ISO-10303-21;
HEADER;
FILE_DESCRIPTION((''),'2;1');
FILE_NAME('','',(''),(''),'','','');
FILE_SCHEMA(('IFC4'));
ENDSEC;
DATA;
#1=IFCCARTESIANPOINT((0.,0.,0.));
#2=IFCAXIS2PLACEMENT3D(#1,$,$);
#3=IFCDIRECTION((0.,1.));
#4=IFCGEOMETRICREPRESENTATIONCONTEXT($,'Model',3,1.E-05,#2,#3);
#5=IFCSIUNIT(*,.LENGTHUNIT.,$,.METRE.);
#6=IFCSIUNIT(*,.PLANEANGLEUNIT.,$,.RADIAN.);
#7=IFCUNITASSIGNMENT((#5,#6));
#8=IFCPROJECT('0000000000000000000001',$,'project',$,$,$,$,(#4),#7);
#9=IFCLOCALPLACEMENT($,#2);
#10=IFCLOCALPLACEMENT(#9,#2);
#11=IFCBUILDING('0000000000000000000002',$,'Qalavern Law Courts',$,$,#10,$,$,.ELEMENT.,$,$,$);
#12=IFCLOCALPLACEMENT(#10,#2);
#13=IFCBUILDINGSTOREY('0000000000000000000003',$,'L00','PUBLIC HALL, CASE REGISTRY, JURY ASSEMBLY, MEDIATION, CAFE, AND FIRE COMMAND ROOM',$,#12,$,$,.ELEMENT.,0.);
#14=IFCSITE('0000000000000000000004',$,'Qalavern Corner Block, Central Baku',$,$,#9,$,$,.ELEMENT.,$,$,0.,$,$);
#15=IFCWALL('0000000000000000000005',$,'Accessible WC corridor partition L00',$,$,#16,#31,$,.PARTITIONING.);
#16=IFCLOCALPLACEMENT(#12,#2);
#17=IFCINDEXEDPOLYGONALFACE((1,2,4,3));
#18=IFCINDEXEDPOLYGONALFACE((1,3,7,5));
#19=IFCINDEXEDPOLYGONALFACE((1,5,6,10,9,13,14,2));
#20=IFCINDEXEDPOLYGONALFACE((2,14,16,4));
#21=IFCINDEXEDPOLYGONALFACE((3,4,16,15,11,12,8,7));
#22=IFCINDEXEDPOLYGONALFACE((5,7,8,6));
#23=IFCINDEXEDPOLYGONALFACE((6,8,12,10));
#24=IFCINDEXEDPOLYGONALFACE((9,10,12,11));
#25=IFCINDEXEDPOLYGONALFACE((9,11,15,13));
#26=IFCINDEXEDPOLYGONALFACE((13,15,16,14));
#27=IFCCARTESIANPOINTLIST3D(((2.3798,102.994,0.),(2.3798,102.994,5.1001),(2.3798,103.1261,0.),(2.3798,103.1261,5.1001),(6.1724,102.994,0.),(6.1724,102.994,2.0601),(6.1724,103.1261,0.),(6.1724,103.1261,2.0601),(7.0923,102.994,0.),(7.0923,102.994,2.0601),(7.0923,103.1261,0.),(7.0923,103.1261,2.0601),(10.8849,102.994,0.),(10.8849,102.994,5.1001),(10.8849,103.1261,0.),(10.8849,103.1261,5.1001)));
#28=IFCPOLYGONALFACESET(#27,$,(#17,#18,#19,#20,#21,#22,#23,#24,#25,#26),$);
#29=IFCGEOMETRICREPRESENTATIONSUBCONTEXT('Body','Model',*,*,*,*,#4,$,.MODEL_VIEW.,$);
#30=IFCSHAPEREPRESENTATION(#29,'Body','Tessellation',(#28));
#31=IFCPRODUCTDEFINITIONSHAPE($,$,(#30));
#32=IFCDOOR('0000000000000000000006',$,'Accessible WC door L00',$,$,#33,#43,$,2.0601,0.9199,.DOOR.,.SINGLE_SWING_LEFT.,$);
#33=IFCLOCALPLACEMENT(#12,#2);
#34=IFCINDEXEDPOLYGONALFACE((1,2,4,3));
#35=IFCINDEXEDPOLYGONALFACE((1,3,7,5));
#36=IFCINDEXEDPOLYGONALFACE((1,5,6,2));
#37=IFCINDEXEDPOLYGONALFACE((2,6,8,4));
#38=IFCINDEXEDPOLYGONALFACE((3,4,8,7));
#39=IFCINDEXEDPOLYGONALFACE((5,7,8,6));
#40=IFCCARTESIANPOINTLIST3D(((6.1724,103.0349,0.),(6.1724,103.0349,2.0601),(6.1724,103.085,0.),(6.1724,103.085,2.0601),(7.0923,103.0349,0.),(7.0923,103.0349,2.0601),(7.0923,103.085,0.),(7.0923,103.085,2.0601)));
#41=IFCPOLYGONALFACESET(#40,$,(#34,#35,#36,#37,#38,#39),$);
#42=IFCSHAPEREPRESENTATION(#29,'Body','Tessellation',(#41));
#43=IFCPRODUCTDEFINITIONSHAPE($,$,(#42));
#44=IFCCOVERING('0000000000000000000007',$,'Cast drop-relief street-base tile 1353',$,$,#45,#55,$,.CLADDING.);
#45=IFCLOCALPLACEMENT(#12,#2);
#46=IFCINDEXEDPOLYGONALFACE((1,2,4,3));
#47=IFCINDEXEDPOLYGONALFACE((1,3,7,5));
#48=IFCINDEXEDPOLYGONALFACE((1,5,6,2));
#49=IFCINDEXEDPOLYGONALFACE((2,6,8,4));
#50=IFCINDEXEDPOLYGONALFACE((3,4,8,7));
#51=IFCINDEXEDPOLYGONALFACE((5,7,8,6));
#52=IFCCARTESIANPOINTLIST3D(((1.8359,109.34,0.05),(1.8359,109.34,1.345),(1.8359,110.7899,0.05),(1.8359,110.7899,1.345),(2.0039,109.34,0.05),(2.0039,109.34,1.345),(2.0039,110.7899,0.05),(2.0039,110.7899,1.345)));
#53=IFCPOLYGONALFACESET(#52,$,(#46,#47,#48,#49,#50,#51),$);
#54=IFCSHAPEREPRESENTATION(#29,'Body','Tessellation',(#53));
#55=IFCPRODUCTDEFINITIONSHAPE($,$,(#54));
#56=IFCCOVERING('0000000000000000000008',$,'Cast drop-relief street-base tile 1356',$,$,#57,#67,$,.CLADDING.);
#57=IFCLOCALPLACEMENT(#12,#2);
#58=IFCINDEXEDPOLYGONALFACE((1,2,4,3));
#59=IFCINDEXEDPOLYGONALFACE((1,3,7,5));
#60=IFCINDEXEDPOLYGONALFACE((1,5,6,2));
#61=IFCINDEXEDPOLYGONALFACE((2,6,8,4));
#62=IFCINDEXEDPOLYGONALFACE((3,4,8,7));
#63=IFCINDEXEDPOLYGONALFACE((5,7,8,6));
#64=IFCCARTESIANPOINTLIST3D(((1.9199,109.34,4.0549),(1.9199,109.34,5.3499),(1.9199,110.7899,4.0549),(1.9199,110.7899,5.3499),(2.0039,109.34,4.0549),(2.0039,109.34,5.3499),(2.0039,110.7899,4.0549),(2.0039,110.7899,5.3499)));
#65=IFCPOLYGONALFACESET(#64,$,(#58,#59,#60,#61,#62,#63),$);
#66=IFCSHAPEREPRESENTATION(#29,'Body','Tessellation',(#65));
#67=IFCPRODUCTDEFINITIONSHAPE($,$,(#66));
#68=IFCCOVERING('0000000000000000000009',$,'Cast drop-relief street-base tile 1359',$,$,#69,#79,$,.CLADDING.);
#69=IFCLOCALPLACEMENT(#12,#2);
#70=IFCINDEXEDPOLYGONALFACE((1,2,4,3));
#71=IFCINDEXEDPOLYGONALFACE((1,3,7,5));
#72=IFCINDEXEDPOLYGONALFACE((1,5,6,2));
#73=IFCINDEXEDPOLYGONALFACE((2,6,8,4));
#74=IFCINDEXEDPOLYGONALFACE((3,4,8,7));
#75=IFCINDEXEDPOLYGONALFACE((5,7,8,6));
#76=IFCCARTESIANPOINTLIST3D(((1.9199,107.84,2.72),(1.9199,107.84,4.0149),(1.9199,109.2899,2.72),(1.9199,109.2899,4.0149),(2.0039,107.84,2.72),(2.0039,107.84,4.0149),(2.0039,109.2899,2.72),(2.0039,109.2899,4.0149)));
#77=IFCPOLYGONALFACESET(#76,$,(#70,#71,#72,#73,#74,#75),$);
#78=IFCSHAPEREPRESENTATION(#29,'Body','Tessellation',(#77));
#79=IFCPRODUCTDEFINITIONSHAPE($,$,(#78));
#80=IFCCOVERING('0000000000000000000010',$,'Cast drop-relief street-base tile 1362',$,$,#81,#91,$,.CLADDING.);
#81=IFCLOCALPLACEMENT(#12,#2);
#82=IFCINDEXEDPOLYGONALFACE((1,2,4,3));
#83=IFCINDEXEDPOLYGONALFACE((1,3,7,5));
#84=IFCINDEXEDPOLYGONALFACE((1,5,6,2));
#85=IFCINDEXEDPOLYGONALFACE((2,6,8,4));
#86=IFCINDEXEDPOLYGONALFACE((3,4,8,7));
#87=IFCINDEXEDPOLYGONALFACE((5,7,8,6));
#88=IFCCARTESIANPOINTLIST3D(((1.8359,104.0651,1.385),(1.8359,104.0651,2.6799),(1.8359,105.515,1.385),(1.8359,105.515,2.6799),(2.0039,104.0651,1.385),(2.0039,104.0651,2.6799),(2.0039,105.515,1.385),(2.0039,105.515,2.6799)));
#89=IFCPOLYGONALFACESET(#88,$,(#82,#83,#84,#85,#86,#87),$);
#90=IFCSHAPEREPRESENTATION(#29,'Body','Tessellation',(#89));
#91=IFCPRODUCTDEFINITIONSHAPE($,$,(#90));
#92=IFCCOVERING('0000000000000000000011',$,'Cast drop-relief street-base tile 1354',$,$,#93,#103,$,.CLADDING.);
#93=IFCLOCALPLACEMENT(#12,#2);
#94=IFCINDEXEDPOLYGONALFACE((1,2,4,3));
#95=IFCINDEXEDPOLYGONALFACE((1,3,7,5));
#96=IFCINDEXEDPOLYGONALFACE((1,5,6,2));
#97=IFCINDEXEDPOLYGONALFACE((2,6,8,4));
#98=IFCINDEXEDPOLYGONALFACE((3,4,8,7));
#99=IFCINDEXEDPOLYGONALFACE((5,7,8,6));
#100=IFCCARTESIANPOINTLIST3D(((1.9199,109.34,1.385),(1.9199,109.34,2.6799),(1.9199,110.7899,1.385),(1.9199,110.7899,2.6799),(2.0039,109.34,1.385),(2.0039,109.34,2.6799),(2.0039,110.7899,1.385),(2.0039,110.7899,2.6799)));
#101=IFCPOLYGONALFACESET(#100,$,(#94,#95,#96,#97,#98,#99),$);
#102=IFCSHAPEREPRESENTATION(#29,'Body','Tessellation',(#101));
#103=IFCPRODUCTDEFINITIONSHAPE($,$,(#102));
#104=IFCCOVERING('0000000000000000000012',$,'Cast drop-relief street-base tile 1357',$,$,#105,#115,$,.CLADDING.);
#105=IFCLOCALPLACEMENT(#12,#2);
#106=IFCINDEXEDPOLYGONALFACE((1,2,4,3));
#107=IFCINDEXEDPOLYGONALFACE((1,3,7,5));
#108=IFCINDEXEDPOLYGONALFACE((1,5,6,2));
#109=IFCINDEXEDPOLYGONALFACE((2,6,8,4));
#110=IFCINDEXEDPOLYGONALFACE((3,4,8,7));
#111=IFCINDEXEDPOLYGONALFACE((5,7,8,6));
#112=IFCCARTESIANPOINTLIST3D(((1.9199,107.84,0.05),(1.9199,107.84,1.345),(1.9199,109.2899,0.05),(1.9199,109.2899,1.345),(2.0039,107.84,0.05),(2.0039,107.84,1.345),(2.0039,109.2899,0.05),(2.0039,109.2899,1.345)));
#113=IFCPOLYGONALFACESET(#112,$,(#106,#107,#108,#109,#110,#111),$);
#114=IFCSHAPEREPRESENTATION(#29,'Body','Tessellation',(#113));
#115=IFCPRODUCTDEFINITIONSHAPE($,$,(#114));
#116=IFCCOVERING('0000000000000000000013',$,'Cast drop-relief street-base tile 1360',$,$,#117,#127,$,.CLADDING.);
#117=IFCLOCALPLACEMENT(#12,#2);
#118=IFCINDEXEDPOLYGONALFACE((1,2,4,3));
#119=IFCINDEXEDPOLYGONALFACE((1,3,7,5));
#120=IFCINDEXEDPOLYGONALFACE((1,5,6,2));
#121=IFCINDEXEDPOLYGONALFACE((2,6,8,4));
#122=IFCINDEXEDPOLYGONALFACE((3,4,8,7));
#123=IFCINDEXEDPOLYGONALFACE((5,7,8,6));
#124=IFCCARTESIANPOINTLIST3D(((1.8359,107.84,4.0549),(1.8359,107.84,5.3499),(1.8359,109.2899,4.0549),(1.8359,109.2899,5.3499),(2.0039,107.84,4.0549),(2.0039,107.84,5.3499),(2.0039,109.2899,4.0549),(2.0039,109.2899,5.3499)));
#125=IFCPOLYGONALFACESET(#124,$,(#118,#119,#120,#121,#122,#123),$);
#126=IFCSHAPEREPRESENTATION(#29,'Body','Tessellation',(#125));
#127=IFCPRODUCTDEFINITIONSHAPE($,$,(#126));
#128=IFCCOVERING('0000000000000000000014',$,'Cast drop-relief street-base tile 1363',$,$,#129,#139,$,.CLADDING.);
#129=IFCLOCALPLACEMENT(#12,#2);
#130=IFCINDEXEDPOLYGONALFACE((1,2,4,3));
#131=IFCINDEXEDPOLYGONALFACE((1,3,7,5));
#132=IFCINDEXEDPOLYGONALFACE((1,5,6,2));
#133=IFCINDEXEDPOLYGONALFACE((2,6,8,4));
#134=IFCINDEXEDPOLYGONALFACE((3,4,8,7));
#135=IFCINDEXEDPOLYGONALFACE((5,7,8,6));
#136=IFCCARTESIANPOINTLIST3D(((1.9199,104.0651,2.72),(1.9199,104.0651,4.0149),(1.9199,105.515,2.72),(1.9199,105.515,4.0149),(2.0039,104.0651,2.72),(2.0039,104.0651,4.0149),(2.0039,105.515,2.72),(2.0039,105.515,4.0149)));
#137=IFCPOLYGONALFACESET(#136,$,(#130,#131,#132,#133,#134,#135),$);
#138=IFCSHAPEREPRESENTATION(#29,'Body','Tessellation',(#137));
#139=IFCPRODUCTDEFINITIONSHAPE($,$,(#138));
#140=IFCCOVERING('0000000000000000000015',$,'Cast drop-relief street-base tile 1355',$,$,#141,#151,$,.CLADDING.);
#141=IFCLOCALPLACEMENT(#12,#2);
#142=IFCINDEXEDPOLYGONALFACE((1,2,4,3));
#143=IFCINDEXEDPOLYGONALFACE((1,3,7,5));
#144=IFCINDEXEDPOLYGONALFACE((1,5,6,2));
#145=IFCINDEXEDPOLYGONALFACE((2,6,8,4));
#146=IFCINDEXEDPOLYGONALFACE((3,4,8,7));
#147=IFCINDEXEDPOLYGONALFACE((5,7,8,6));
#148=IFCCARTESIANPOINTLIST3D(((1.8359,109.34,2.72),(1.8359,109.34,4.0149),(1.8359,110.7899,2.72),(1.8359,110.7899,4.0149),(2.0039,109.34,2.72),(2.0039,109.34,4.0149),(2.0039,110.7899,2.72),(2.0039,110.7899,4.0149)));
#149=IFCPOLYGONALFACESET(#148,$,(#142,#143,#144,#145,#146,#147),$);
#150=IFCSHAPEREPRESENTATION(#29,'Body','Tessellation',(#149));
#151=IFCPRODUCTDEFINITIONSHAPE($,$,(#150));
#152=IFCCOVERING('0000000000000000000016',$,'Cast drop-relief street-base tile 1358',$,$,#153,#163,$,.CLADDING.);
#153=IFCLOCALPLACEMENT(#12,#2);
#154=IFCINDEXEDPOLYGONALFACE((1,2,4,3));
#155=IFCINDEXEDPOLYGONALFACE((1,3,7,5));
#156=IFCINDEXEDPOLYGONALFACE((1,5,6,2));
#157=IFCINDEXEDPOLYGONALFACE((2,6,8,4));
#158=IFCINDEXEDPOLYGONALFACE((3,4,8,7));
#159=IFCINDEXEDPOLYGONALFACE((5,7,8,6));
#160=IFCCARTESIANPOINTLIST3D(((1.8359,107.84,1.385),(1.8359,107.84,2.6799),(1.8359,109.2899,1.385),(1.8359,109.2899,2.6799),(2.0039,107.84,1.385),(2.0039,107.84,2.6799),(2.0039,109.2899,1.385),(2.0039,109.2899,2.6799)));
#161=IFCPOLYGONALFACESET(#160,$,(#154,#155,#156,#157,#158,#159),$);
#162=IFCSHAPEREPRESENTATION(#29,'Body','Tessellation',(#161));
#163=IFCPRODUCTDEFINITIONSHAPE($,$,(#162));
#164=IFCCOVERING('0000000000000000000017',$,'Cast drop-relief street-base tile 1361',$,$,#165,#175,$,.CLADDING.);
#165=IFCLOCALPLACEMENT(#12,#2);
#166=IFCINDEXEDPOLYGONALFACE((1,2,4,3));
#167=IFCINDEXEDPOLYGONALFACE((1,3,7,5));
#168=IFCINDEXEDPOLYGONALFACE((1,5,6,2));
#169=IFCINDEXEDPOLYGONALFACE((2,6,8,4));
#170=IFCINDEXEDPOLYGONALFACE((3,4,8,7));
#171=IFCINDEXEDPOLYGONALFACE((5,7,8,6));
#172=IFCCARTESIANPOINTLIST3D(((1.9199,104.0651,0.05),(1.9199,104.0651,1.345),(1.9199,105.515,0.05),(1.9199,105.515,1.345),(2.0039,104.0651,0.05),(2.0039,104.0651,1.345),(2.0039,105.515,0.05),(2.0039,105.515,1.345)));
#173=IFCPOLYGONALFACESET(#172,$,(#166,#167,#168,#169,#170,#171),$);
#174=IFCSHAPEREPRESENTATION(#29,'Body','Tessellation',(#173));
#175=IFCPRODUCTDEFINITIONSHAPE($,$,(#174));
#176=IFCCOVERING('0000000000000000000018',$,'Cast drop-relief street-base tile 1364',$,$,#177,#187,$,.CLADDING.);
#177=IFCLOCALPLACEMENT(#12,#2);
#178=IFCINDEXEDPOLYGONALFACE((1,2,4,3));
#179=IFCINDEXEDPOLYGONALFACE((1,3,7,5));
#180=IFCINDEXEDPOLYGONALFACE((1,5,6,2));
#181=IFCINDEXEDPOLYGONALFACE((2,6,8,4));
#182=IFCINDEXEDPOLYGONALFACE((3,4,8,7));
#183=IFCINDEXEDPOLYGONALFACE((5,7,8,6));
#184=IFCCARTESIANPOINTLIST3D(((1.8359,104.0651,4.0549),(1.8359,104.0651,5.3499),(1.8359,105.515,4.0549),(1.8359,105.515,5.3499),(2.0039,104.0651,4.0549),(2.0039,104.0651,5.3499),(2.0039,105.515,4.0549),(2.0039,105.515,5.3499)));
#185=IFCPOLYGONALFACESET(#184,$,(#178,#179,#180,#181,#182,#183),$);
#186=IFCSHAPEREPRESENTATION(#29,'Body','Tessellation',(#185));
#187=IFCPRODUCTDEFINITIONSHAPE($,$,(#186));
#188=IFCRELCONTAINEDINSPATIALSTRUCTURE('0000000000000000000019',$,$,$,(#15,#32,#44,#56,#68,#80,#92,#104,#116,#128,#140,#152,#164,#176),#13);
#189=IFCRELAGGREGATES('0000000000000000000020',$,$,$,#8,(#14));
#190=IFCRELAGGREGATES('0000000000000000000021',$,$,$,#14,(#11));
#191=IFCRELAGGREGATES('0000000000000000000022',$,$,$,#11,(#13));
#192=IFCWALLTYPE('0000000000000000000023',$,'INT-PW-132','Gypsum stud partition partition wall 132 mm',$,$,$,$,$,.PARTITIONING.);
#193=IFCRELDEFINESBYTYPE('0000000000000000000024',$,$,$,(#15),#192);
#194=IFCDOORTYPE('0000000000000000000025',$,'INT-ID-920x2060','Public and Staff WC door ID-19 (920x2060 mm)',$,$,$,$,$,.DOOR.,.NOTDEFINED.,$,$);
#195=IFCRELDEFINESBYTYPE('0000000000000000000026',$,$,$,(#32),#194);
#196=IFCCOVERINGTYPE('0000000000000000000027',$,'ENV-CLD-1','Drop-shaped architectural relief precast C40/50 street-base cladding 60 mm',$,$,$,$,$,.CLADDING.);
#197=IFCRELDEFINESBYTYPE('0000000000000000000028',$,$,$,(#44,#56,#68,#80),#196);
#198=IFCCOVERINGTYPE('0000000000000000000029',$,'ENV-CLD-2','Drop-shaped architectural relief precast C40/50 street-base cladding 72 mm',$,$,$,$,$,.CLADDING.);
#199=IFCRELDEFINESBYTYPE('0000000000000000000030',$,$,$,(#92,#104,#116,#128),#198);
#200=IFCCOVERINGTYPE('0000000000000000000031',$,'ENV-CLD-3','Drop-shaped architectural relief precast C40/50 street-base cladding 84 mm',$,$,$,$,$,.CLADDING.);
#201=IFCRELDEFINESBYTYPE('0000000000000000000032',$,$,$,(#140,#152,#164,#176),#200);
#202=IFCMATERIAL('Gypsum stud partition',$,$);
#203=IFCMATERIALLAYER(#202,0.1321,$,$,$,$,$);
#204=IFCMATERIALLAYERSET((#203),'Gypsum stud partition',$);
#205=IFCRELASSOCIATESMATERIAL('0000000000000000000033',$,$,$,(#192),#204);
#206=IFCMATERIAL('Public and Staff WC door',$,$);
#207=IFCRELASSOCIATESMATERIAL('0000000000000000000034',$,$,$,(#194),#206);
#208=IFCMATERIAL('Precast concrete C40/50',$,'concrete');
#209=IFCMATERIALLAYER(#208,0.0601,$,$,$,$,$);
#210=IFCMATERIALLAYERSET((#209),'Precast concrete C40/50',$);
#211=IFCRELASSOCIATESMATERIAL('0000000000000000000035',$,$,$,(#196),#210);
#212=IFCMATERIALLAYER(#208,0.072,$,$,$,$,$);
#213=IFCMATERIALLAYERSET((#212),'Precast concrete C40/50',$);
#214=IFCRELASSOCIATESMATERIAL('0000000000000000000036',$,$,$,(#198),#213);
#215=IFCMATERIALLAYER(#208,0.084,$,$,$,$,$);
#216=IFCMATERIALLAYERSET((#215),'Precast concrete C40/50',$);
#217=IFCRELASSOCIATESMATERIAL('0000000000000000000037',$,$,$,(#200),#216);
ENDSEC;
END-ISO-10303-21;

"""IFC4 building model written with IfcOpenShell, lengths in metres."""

from ifc_helpers import new_model, si_unit, direction, frame, frame_2d, origin, origin_2d, place, context, subcontext, project, spatial, rectangle, extrude, material, layer, layer_set, type_object, element, fill, save


model = new_model("IFC4")

# Units and contexts
model_context = context("Model", 3, precision=1e-05, world=origin(), true_north=direction((0.0, 1.0)))
body_context = subcontext(model_context, "Body", "Model", "MODEL_VIEW")
ifc_project = project(units=[si_unit("LENGTHUNIT", "METRE"), si_unit("PLANEANGLEUNIT", "RADIAN")], contexts=[model_context])

# Site, building, storey
site_placement = place(None, origin())
site = spatial("IfcSite", under=ifc_project, at=site_placement, Name="Qalavern Corner Block, Central Baku", CompositionType="ELEMENT", RefElevation=0.0)
building_placement = place(site_placement, origin())
building = spatial("IfcBuilding", under=site, at=building_placement, Name="Qalavern Law Courts", CompositionType="ELEMENT")
storey_placement = place(building_placement, origin())
storey = spatial("IfcBuildingStorey", under=building, at=storey_placement, Name="L00", Description="PUBLIC HALL, CASE REGISTRY, JURY ASSEMBLY, MEDIATION, CAFE, AND FIRE COMMAND ROOM", CompositionType="ELEMENT", Elevation=0.0)

# Wall, opening, door
ifc_material_1 = material(Name="Gypsum stud partition")
ifc_layer_1 = layer(ifc_material_1, 0.1321)
ifc_layer_set_1 = layer_set([ifc_layer_1], Name="Gypsum stud partition")
wall_type = type_object("IfcWallType", Name="INT-PW-132", Description="Gypsum stud partition partition wall 132 mm", PredefinedType="PARTITIONING", material=ifc_layer_set_1)
wall_1_placement = place(storey_placement, frame((2.3799, 103.0601, 0.0), z_axis=(0.0, 0.0, 1.0), x_axis=(1.0, 0.0, 0.0)))
wall_1 = element("IfcWall", 1, at=wall_1_placement, inside=storey, type_object=wall_type, Name="Accessible WC corridor partition L00", PredefinedType="PARTITIONING", context=body_context, shape_type="SweptSolid", body=[
    extrude(rectangle(XDim=8.5051, YDim=0.1321, at=frame_2d((4.2524, 0.0))), origin(), (0.0, 0.0, 1.0), 5.1001),
])
opening_1_placement = place(wall_1_placement, frame((3.7925, 0.0, 0.0)))
opening_1 = element("IfcOpeningElement", 2, at=opening_1_placement, cuts=wall_1, PredefinedType="OPENING", context=body_context, shape_type="SweptSolid", body=[
    extrude(rectangle(XDim=0.9199, YDim=2.0601, at=frame_2d((0.46, 1.03))), frame((0.0, 0.0811, 0.0), z_axis=(0.0, -1.0, 0.0), x_axis=(1.0, 0.0, 0.0)), (0.0, 0.0, 1.0), 0.1619),
])
ifc_material_2 = material(Name="Public and Staff WC door")
door_type_1 = type_object("IfcDoorType", Name="INT-ID-920x2060", Description="Public and Staff WC door ID-19 (920x2060 mm)", OperationType="NOTDEFINED", PredefinedType="DOOR", material=ifc_material_2)
door_1_placement = place(opening_1_placement, origin())
door_1 = element("IfcDoor", 3, at=door_1_placement, inside=storey, type_object=door_type_1, Name="Accessible WC door L00", OperationType="SINGLE_SWING_LEFT", OverallHeight=2.0601, OverallWidth=0.9199, PredefinedType="DOOR", context=body_context, shape_type="SweptSolid", body=[
    extrude(rectangle(XDim=0.9199, YDim=2.0601, at=frame_2d((0.46, 1.03))), frame((0.0, 0.0249, 0.0), z_axis=(0.0, -1.0, 0.0), x_axis=(1.0, 0.0, 0.0)), (0.0, 0.0, 1.0), 0.05),
])
fill(opening_1, door_1)

# Coverings
ifc_material_3 = material(Name="Precast concrete C40/50", Category="concrete")
ifc_layer_2 = layer(ifc_material_3, 0.0601)
ifc_layer_set_2 = layer_set([ifc_layer_2], Name="Precast concrete C40/50")
covering_type_1 = type_object("IfcCoveringType", Name="ENV-CLD-1", Description="Drop-shaped architectural relief precast C40/50 street-base cladding 60 mm", PredefinedType="CLADDING", material=ifc_layer_set_2)
covering_1_placement = place(storey_placement, frame((1.9199, 110.0649, 0.05), z_axis=(0.0, 0.0, 1.0), x_axis=(0.0, -1.0, 0.0)))
element("IfcCovering", 4, at=covering_1_placement, inside=storey, type_object=covering_type_1, Name="Cast drop-relief street-base tile 1353", PredefinedType="CLADDING", context=body_context, shape_type="SweptSolid", body=[
    extrude(rectangle(XDim=1.45, YDim=0.168, at=origin_2d()), origin(), (0.0, 0.0, 1.0), 1.2949),
])
for number, where, z_axis, x_axis, name in (
    (5, (1.9619, 110.0649, 4.0549), (0.0, 0.0, 1.0), (0.0, -1.0, 0.0), "Cast drop-relief street-base tile 1356"),
    (6, (1.9619, 108.5649, 2.72), (0.0, 0.0, 1.0), (0.0, -1.0, 0.0), "Cast drop-relief street-base tile 1359"),
):
    element("IfcCovering", number, at=place(storey_placement, frame(where, z_axis=z_axis, x_axis=x_axis)), inside=storey, type_object=covering_type_1, Name=name, PredefinedType="CLADDING", context=body_context, shape_type="SweptSolid", body=[
        extrude(rectangle(XDim=1.45, YDim=0.084, at=origin_2d()), origin(), (0.0, 0.0, 1.0), 1.2949),
    ])
covering_2_placement = place(storey_placement, frame((1.9199, 104.79, 1.385), z_axis=(0.0, 0.0, 1.0), x_axis=(0.0, -1.0, 0.0)))
element("IfcCovering", 7, at=covering_2_placement, inside=storey, type_object=covering_type_1, Name="Cast drop-relief street-base tile 1362", PredefinedType="CLADDING", context=body_context, shape_type="SweptSolid", body=[
    extrude(rectangle(XDim=1.45, YDim=0.168, at=origin_2d()), origin(), (0.0, 0.0, 1.0), 1.2949),
])
ifc_layer_3 = layer(ifc_material_3, 0.072)
ifc_layer_set_3 = layer_set([ifc_layer_3], Name="Precast concrete C40/50")
covering_type_2 = type_object("IfcCoveringType", Name="ENV-CLD-2", Description="Drop-shaped architectural relief precast C40/50 street-base cladding 72 mm", PredefinedType="CLADDING", material=ifc_layer_set_3)
for number, where, z_axis, x_axis, name in (
    (8, (1.9619, 110.0649, 1.385), (0.0, 0.0, 1.0), (0.0, -1.0, 0.0), "Cast drop-relief street-base tile 1354"),
    (9, (1.9619, 108.5649, 0.05), (0.0, 0.0, 1.0), (0.0, -1.0, 0.0), "Cast drop-relief street-base tile 1357"),
):
    element("IfcCovering", number, at=place(storey_placement, frame(where, z_axis=z_axis, x_axis=x_axis)), inside=storey, type_object=covering_type_2, Name=name, PredefinedType="CLADDING", context=body_context, shape_type="SweptSolid", body=[
        extrude(rectangle(XDim=1.45, YDim=0.084, at=origin_2d()), origin(), (0.0, 0.0, 1.0), 1.2949),
    ])
covering_3_placement = place(storey_placement, frame((1.9199, 108.5649, 4.0549), z_axis=(0.0, 0.0, 1.0), x_axis=(0.0, -1.0, 0.0)))
element("IfcCovering", 10, at=covering_3_placement, inside=storey, type_object=covering_type_2, Name="Cast drop-relief street-base tile 1360", PredefinedType="CLADDING", context=body_context, shape_type="SweptSolid", body=[
    extrude(rectangle(XDim=1.45, YDim=0.168, at=origin_2d()), origin(), (0.0, 0.0, 1.0), 1.2949),
])
covering_4_placement = place(storey_placement, frame((1.9619, 104.79, 2.72), z_axis=(0.0, 0.0, 1.0), x_axis=(0.0, -1.0, 0.0)))
element("IfcCovering", 11, at=covering_4_placement, inside=storey, type_object=covering_type_2, Name="Cast drop-relief street-base tile 1363", PredefinedType="CLADDING", context=body_context, shape_type="SweptSolid", body=[
    extrude(rectangle(XDim=1.45, YDim=0.084, at=origin_2d()), origin(), (0.0, 0.0, 1.0), 1.2949),
])
ifc_layer_4 = layer(ifc_material_3, 0.084)
ifc_layer_set_4 = layer_set([ifc_layer_4], Name="Precast concrete C40/50")
covering_type_3 = type_object("IfcCoveringType", Name="ENV-CLD-3", Description="Drop-shaped architectural relief precast C40/50 street-base cladding 84 mm", PredefinedType="CLADDING", material=ifc_layer_set_4)
for number, where, z_axis, x_axis, name in (
    (12, (1.9199, 110.0649, 2.72), (0.0, 0.0, 1.0), (0.0, -1.0, 0.0), "Cast drop-relief street-base tile 1355"),
    (13, (1.9199, 108.5649, 1.385), (0.0, 0.0, 1.0), (0.0, -1.0, 0.0), "Cast drop-relief street-base tile 1358"),
):
    element("IfcCovering", number, at=place(storey_placement, frame(where, z_axis=z_axis, x_axis=x_axis)), inside=storey, type_object=covering_type_3, Name=name, PredefinedType="CLADDING", context=body_context, shape_type="SweptSolid", body=[
        extrude(rectangle(XDim=1.45, YDim=0.168, at=origin_2d()), origin(), (0.0, 0.0, 1.0), 1.2949),
    ])
covering_5_placement = place(storey_placement, frame((1.9619, 104.79, 0.05), z_axis=(0.0, 0.0, 1.0), x_axis=(0.0, -1.0, 0.0)))
element("IfcCovering", 14, at=covering_5_placement, inside=storey, type_object=covering_type_3, Name="Cast drop-relief street-base tile 1361", PredefinedType="CLADDING", context=body_context, shape_type="SweptSolid", body=[
    extrude(rectangle(XDim=1.45, YDim=0.084, at=origin_2d()), origin(), (0.0, 0.0, 1.0), 1.2949),
])
covering_6_placement = place(storey_placement, frame((1.9199, 104.79, 4.0549), z_axis=(0.0, 0.0, 1.0), x_axis=(0.0, -1.0, 0.0)))
element("IfcCovering", 15, at=covering_6_placement, inside=storey, type_object=covering_type_3, Name="Cast drop-relief street-base tile 1364", PredefinedType="CLADDING", context=body_context, shape_type="SweptSolid", body=[
    extrude(rectangle(XDim=1.45, YDim=0.168, at=origin_2d()), origin(), (0.0, 0.0, 1.0), 1.2949),
])

save(model, "model.ifc")
